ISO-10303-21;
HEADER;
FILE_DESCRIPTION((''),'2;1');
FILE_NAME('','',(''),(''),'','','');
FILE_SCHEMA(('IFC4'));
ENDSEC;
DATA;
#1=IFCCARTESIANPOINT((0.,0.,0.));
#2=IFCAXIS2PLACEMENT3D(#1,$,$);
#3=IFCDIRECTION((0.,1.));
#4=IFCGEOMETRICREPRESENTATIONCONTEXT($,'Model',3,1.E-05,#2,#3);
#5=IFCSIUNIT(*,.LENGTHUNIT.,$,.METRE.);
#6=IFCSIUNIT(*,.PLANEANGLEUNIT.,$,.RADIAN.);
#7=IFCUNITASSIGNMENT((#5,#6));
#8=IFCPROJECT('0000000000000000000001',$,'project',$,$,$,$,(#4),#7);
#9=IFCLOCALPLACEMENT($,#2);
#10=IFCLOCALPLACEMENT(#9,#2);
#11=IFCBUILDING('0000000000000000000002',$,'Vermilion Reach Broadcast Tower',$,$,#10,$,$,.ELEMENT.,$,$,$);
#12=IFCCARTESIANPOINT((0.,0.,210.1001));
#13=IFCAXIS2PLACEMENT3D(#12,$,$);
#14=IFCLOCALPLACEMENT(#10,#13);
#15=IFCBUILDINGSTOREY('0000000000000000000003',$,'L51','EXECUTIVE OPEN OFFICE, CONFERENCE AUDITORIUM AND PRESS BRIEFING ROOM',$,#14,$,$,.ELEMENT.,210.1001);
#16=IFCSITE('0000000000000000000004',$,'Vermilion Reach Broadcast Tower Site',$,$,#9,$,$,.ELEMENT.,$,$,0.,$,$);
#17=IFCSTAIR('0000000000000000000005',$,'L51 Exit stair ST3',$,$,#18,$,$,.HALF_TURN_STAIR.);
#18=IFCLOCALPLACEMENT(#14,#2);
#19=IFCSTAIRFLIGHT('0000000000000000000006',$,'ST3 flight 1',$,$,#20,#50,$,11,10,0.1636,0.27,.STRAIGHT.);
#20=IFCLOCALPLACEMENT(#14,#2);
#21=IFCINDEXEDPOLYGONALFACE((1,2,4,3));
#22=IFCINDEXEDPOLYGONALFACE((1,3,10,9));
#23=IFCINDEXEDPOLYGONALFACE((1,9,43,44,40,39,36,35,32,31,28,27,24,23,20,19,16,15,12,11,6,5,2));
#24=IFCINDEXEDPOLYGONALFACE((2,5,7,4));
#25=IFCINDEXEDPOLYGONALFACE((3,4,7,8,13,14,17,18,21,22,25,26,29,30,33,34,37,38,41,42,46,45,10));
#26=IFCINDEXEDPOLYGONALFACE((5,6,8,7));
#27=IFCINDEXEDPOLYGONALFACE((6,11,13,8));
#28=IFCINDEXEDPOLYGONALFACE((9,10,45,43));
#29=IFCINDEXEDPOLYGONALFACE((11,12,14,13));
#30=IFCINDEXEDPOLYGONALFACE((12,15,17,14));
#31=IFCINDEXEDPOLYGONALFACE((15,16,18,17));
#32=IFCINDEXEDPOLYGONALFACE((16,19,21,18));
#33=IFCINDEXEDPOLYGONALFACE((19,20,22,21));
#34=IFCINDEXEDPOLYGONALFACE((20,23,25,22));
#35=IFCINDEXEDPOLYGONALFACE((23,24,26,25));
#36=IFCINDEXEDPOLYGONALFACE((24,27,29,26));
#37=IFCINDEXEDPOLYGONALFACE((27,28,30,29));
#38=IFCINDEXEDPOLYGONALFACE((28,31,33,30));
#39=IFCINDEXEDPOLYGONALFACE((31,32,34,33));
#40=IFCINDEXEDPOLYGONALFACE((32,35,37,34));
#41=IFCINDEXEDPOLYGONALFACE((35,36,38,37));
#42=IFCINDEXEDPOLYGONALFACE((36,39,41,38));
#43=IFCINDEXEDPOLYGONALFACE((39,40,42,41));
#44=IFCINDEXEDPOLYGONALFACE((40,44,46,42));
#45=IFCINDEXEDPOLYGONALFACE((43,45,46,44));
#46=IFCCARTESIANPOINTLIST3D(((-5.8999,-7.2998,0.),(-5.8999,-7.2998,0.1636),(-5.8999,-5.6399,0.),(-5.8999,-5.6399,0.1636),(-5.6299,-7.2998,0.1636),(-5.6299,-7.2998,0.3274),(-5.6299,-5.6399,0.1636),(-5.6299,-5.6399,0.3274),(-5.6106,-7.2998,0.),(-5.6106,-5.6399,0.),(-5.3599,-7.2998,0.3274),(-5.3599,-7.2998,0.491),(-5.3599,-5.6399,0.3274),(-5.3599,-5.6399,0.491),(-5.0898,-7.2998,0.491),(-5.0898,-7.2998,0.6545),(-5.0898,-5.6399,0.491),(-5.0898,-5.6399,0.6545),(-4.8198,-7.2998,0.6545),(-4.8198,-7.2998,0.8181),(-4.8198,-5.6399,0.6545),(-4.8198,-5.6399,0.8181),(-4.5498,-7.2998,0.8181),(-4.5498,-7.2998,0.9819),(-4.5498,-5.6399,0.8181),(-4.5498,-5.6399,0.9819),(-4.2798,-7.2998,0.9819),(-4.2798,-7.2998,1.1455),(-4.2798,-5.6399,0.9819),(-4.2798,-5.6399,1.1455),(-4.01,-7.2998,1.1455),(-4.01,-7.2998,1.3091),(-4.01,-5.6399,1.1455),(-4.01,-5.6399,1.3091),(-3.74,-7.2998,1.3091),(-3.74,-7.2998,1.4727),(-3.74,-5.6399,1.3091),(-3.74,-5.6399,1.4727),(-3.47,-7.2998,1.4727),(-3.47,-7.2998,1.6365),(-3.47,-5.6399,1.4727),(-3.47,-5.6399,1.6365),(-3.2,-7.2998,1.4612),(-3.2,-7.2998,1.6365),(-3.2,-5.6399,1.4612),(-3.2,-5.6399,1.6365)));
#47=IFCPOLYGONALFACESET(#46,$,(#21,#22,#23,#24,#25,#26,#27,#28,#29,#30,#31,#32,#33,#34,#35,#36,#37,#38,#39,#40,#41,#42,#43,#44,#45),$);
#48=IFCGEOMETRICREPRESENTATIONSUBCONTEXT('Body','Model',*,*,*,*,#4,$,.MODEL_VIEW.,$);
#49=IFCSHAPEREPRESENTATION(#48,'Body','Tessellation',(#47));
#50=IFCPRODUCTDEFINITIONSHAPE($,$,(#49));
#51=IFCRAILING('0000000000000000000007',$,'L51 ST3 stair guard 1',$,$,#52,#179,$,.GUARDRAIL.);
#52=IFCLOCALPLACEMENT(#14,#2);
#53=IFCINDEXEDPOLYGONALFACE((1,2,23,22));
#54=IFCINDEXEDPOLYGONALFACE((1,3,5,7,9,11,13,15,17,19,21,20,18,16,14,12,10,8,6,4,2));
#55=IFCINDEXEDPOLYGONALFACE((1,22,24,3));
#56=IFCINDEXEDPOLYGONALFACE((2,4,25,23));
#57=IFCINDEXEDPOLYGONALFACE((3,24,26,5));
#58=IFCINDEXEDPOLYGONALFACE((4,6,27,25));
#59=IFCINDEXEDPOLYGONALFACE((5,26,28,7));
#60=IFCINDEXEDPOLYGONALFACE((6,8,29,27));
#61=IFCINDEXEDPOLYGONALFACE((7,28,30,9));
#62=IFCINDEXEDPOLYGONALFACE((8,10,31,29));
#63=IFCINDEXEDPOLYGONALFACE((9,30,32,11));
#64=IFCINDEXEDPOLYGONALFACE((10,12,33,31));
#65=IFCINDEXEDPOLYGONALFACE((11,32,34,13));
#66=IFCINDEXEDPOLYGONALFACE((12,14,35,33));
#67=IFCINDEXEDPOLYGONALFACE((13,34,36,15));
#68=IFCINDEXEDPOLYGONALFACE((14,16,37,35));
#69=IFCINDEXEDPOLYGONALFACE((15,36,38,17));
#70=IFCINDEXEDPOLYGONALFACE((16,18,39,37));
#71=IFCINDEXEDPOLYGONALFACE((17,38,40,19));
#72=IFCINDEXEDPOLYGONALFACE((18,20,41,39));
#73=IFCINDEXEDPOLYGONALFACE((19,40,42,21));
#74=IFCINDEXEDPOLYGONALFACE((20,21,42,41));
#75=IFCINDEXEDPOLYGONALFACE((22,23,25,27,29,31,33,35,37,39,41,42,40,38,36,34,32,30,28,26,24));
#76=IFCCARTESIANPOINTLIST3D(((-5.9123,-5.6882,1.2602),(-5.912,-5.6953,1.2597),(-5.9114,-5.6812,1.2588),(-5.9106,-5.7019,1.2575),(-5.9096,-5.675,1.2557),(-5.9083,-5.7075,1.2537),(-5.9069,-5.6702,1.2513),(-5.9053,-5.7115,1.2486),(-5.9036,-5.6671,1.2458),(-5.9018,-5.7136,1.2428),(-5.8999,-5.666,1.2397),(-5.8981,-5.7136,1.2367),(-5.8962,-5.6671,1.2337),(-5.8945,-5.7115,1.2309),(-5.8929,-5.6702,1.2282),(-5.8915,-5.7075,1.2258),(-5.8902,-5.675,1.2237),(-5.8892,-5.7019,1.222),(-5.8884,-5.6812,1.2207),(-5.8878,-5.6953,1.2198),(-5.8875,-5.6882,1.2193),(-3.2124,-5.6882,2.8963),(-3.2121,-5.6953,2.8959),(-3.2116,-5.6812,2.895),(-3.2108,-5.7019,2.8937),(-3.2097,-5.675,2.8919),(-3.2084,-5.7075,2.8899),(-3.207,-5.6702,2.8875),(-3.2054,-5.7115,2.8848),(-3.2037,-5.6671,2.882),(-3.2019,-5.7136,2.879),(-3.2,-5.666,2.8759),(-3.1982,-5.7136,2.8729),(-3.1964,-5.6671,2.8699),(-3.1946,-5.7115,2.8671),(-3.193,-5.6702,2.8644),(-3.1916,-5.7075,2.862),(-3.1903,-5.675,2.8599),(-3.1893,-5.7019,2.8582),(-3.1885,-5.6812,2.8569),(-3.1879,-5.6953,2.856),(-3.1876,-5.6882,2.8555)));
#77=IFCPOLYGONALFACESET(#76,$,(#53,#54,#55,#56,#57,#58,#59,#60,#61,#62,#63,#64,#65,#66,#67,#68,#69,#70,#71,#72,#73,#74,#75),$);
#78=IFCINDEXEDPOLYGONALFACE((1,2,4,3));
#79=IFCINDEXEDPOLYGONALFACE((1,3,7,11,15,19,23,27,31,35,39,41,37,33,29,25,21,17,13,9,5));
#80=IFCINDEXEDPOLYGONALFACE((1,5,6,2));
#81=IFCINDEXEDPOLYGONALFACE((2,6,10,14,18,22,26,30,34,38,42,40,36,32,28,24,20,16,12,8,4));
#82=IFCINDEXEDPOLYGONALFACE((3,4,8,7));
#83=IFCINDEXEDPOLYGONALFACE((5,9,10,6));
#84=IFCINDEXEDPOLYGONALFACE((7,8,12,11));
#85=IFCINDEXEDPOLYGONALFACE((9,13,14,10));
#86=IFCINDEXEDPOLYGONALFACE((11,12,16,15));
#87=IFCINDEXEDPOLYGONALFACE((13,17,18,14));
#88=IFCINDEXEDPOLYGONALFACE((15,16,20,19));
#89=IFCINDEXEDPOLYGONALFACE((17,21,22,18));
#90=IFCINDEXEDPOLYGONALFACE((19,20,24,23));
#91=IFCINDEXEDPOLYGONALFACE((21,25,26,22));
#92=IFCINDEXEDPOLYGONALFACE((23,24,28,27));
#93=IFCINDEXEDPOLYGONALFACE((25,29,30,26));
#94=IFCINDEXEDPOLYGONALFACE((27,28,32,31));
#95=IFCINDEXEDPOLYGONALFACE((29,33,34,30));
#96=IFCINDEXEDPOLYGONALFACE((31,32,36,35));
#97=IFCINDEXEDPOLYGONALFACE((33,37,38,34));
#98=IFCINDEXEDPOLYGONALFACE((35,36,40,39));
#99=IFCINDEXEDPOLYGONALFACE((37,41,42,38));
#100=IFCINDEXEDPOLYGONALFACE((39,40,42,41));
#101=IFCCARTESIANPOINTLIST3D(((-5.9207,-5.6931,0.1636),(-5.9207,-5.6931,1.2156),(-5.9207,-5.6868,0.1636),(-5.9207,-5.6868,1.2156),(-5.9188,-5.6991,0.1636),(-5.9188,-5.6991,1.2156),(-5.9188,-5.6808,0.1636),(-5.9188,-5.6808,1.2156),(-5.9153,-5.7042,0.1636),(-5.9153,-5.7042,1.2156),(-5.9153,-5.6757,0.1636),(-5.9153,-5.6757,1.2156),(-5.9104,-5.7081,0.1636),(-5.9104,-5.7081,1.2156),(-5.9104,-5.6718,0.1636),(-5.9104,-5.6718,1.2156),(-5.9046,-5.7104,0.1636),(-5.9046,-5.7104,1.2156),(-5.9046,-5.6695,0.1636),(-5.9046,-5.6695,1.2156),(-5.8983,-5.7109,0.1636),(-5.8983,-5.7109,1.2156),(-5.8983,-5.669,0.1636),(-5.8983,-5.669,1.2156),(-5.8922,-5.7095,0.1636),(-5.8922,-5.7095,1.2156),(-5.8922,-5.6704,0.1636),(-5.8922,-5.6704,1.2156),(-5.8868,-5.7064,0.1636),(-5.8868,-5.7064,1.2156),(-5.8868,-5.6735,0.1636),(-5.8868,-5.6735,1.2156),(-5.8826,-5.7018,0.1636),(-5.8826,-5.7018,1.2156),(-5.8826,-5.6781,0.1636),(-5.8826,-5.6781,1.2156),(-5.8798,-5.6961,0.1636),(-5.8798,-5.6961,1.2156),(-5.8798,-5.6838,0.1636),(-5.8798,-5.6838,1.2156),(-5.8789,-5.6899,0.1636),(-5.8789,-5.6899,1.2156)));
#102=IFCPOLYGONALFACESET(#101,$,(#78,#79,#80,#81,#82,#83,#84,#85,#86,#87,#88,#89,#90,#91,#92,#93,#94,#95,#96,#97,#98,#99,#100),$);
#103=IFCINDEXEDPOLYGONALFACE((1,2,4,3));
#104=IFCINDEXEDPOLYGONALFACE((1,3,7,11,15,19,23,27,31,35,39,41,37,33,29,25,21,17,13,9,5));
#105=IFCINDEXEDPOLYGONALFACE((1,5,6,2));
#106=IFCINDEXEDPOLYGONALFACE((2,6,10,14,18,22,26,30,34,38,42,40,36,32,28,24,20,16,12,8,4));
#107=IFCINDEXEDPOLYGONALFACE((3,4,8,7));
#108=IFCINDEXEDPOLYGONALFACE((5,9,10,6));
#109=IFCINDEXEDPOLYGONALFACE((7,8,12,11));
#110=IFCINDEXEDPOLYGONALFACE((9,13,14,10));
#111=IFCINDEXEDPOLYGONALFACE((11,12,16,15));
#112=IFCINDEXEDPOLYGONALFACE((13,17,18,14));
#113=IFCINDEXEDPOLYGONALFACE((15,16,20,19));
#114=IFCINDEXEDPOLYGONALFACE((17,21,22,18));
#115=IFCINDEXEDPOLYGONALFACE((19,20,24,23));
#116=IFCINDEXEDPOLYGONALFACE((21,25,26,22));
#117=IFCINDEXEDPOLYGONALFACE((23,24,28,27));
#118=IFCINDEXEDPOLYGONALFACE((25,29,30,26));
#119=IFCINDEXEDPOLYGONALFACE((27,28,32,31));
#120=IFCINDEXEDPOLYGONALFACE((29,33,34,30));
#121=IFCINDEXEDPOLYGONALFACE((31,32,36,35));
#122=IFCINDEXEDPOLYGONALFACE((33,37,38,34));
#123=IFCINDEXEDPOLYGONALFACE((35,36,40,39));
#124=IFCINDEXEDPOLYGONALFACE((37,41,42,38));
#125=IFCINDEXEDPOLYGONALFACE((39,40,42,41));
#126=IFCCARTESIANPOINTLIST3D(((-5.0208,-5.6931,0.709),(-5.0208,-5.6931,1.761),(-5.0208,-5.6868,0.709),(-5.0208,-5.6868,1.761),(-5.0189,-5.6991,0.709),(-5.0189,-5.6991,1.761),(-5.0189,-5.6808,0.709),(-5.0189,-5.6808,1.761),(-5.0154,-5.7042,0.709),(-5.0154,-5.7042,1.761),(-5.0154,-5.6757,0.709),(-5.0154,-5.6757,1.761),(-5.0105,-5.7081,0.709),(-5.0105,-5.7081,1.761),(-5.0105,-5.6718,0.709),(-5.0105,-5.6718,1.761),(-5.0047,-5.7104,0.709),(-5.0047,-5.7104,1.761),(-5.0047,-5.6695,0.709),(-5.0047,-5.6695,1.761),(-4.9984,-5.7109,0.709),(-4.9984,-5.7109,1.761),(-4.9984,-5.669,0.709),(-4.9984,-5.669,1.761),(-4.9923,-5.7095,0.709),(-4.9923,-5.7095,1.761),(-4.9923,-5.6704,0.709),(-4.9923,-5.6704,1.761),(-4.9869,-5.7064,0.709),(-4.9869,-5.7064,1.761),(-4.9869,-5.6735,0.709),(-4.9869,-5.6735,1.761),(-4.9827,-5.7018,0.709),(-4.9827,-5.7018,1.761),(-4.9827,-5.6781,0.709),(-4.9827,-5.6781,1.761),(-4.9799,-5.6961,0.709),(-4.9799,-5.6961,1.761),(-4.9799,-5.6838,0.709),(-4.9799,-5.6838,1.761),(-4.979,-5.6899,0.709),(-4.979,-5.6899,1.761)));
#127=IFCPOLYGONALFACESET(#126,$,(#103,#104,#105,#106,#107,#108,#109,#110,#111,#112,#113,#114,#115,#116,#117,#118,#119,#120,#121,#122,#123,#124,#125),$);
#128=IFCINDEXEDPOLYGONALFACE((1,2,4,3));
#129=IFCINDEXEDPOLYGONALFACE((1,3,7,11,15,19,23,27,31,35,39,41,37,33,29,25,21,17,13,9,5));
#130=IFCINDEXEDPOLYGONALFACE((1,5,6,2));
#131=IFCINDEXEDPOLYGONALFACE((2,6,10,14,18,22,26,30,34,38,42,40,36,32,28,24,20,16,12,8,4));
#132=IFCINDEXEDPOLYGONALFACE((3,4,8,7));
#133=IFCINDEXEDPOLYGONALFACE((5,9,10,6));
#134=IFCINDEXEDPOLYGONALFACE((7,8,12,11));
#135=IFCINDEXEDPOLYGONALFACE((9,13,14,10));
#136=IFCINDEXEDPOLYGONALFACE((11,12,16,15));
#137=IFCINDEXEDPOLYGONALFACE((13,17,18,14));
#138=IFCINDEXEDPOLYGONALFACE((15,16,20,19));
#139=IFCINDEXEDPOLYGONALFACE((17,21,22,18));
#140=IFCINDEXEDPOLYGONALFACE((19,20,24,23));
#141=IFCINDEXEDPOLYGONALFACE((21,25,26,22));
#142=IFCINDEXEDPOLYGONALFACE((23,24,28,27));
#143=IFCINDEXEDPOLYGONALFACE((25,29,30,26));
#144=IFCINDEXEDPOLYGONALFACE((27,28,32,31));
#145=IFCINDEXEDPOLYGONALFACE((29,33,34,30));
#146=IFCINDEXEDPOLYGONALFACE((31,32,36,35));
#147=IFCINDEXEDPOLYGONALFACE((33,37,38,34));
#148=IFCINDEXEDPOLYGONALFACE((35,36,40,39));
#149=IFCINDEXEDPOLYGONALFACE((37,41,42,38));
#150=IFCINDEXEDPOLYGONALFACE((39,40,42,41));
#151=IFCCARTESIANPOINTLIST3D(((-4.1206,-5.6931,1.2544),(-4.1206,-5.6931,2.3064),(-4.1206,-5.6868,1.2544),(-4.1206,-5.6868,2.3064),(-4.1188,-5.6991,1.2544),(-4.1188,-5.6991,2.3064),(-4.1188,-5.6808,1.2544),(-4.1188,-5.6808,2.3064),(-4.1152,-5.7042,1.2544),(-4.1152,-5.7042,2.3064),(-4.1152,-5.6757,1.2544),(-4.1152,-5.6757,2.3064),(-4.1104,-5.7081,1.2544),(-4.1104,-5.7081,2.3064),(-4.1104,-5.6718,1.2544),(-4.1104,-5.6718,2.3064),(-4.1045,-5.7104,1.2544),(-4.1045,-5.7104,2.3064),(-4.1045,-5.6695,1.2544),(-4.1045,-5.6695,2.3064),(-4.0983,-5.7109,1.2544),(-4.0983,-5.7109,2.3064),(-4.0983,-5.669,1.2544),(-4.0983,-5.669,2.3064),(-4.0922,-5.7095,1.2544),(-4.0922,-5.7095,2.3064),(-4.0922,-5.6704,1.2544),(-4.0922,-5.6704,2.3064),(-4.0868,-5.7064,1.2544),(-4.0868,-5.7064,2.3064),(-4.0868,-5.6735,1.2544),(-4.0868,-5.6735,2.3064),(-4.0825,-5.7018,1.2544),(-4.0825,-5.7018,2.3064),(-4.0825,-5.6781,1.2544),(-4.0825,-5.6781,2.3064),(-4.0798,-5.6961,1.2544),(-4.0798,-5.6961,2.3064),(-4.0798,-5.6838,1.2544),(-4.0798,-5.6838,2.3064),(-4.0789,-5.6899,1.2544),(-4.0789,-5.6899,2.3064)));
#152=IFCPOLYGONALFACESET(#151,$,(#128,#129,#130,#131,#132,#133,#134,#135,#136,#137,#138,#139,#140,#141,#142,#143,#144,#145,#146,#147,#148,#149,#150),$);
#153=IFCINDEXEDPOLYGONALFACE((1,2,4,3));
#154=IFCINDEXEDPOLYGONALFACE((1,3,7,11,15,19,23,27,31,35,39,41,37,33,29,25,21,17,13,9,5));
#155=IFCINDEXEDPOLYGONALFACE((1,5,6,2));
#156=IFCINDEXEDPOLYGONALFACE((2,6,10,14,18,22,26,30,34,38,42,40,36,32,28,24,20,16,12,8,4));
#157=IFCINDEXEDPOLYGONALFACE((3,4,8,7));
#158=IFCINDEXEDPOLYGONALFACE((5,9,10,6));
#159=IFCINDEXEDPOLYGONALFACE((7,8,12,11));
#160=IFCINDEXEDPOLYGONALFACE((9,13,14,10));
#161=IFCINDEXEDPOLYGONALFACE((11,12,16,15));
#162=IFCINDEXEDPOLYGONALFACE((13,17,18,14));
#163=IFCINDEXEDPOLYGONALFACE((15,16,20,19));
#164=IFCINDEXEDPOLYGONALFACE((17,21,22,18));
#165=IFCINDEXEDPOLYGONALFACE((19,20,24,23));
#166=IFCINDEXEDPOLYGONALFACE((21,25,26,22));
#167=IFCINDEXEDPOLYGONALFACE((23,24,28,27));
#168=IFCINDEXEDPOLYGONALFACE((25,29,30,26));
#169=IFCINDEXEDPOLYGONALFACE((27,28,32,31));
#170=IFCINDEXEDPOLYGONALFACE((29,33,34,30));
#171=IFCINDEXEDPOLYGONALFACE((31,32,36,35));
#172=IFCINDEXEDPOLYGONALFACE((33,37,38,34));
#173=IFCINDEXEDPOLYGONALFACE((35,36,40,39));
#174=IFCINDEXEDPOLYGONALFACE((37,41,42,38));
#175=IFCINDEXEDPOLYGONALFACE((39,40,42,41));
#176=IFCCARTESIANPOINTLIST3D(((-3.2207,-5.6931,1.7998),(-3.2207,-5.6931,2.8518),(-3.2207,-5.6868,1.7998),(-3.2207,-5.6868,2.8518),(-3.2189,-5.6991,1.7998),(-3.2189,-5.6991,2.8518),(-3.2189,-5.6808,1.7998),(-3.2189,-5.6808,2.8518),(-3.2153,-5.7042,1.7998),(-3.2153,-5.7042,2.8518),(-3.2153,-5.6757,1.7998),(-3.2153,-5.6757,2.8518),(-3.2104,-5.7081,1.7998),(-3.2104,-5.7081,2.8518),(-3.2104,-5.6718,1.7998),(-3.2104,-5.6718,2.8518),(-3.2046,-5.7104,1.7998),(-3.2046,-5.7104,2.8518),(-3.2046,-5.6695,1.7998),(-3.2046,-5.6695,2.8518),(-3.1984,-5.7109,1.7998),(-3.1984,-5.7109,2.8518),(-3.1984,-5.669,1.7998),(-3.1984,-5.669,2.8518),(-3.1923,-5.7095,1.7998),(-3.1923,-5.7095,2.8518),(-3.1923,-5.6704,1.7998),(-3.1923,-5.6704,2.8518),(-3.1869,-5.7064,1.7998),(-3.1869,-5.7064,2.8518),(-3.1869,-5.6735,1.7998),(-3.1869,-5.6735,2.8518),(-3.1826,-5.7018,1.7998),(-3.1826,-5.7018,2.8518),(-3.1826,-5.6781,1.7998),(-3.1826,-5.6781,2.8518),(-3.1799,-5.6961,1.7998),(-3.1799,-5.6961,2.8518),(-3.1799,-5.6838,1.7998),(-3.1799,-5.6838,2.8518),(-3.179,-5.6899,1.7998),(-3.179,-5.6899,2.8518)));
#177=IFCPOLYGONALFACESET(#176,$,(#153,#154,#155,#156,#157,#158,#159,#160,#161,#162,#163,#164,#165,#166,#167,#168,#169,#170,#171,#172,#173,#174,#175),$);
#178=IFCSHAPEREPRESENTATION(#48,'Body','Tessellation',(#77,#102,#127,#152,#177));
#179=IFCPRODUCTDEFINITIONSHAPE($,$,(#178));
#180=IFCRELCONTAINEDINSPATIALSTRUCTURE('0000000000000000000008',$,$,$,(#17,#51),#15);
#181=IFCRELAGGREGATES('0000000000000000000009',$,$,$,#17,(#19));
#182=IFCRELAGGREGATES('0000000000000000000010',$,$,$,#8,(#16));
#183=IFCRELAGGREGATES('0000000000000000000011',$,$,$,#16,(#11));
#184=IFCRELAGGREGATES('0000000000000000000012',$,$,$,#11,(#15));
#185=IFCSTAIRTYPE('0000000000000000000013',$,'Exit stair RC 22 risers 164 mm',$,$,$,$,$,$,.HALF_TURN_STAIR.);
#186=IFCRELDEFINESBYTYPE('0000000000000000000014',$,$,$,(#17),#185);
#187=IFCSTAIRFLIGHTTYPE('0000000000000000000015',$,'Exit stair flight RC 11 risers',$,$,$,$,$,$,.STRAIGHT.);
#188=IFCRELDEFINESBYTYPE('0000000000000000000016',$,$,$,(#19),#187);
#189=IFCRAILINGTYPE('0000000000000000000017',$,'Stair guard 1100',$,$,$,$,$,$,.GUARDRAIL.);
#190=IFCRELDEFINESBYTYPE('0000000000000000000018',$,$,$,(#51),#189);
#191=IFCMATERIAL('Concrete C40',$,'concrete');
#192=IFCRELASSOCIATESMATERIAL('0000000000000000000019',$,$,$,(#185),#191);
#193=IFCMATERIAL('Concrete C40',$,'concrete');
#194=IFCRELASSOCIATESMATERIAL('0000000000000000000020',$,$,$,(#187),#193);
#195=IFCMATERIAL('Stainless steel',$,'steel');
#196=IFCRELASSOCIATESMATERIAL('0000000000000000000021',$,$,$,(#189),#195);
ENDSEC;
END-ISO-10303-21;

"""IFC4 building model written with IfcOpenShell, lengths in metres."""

from ifc_helpers import new_model, si_unit, direction, frame, origin, origin_2d, place, context, subcontext, project, spatial, polyline, circle, outline, extrude, material, type_object, element, aggregate, save


model = new_model("IFC4")

# Units and contexts
model_context = context("Model", 3, precision=1e-05, world=origin(), true_north=direction((0.0, 1.0)))
body_context = subcontext(model_context, "Body", "Model", "MODEL_VIEW")
ifc_project = project(units=[si_unit("LENGTHUNIT", "METRE"), si_unit("PLANEANGLEUNIT", "RADIAN")], contexts=[model_context])

# Site, building, storey
site_placement = place(None, origin())
site = spatial("IfcSite", under=ifc_project, at=site_placement, Name="Vermilion Reach Broadcast Tower Site", CompositionType="ELEMENT", RefElevation=0.0)
building_placement = place(site_placement, origin())
building = spatial("IfcBuilding", under=site, at=building_placement, Name="Vermilion Reach Broadcast Tower", CompositionType="ELEMENT")
storey_placement = place(building_placement, frame((0.0, 0.0, 210.1001)))
storey = spatial("IfcBuildingStorey", under=building, at=storey_placement, Name="L51", Description="EXECUTIVE OPEN OFFICE, CONFERENCE AUDITORIUM AND PRESS BRIEFING ROOM", CompositionType="ELEMENT", Elevation=210.1001)

# Stair, stair flight
ifc_material_1 = material(Name="Concrete C40", Category="concrete")
stair_type = type_object("IfcStairType", Name="Exit stair RC 22 risers 164 mm", PredefinedType="HALF_TURN_STAIR", material=ifc_material_1)
stair_placement = place(storey_placement, origin())
stair = element("IfcStair", 1, at=stair_placement, inside=storey, type_object=stair_type, Name="L51 Exit stair ST3", PredefinedType="HALF_TURN_STAIR")
ifc_material_2 = material(Name="Concrete C40", Category="concrete")
stair_flight_type = type_object("IfcStairFlightType", Name="Exit stair flight RC 11 risers", PredefinedType="STRAIGHT", material=ifc_material_2)
stair_flight_placement = place(storey_placement, frame((-5.8999, -6.47, 0.0), z_axis=(0.0, 0.0, 1.0), x_axis=(1.0, 0.0, 0.0)))
stair_flight = element("IfcStairFlight", 2, at=stair_flight_placement, type_object=stair_flight_type, Name="ST3 flight 1", NumberOfRisers=11, NumberOfTreads=10, PredefinedType="STRAIGHT", RiserHeight=0.1636, TreadLength=0.27, context=body_context, shape_type="SweptSolid", body=[
    extrude(outline(polyline([(0.0, 0.0), (0.0, 0.1636), (0.27, 0.1636), (0.27, 0.3274), (0.54, 0.3274), (0.54, 0.491), (0.8101, 0.491), (0.8101, 0.6545), (1.0801, 0.6545), (1.0801, 0.8181), (1.3501, 0.8181), (1.3501, 0.9819), (1.6201, 0.9819), (1.6201, 1.1455), (1.8899, 1.1455), (1.8899, 1.3091), (2.1599, 1.3091), (2.1599, 1.4727), (2.4299, 1.4727), (2.4299, 1.6365), (2.7, 1.6365), (2.7, 1.8), (2.7, 1.4612), (0.2893, 0.0), (0.0, 0.0)])), frame((0.0, 0.8301, 0.0), z_axis=(0.0, -1.0, 0.0), x_axis=(1.0, 0.0, 0.0)), (0.0, 0.0, 1.0), 1.6599),
])
aggregate(stair, [stair_flight])

# Railing
ifc_material_3 = material(Name="Stainless steel", Category="steel")
railing_type_1 = type_object("IfcRailingType", Name="Stair guard 1100", PredefinedType="GUARDRAIL", material=ifc_material_3)
railing_1_placement = place(storey_placement, frame((-5.8999, -5.6899, 0.1636)))
element("IfcRailing", 3, at=railing_1_placement, inside=storey, type_object=railing_type_1, Name="L51 ST3 stair guard 1", PredefinedType="GUARDRAIL", context=body_context, shape_type="SweptSolid", body=[
    extrude(circle(Radius=0.0239, at=origin_2d()), frame((0.0, 0.0, 1.0762), z_axis=(0.855212, 0.0, 0.518278), x_axis=(0.0, 1.0, 0.0)), (0.0, 0.0, 1.0), 3.157),
    extrude(circle(Radius=0.021, at=origin_2d()), origin(), (0.0, 0.0, 1.0), 1.052),
    extrude(circle(Radius=0.021, at=origin_2d()), frame((0.8999, 0.0, 0.5454)), (0.0, 0.0, 1.0), 1.052),
    extrude(circle(Radius=0.021, at=origin_2d()), frame((1.8, 0.0, 1.0908)), (0.0, 0.0, 1.0), 1.052),
    extrude(circle(Radius=0.021, at=origin_2d()), frame((2.7, 0.0, 1.6362)), (0.0, 0.0, 1.0), 1.052),
])

save(model, "model.ifc")
